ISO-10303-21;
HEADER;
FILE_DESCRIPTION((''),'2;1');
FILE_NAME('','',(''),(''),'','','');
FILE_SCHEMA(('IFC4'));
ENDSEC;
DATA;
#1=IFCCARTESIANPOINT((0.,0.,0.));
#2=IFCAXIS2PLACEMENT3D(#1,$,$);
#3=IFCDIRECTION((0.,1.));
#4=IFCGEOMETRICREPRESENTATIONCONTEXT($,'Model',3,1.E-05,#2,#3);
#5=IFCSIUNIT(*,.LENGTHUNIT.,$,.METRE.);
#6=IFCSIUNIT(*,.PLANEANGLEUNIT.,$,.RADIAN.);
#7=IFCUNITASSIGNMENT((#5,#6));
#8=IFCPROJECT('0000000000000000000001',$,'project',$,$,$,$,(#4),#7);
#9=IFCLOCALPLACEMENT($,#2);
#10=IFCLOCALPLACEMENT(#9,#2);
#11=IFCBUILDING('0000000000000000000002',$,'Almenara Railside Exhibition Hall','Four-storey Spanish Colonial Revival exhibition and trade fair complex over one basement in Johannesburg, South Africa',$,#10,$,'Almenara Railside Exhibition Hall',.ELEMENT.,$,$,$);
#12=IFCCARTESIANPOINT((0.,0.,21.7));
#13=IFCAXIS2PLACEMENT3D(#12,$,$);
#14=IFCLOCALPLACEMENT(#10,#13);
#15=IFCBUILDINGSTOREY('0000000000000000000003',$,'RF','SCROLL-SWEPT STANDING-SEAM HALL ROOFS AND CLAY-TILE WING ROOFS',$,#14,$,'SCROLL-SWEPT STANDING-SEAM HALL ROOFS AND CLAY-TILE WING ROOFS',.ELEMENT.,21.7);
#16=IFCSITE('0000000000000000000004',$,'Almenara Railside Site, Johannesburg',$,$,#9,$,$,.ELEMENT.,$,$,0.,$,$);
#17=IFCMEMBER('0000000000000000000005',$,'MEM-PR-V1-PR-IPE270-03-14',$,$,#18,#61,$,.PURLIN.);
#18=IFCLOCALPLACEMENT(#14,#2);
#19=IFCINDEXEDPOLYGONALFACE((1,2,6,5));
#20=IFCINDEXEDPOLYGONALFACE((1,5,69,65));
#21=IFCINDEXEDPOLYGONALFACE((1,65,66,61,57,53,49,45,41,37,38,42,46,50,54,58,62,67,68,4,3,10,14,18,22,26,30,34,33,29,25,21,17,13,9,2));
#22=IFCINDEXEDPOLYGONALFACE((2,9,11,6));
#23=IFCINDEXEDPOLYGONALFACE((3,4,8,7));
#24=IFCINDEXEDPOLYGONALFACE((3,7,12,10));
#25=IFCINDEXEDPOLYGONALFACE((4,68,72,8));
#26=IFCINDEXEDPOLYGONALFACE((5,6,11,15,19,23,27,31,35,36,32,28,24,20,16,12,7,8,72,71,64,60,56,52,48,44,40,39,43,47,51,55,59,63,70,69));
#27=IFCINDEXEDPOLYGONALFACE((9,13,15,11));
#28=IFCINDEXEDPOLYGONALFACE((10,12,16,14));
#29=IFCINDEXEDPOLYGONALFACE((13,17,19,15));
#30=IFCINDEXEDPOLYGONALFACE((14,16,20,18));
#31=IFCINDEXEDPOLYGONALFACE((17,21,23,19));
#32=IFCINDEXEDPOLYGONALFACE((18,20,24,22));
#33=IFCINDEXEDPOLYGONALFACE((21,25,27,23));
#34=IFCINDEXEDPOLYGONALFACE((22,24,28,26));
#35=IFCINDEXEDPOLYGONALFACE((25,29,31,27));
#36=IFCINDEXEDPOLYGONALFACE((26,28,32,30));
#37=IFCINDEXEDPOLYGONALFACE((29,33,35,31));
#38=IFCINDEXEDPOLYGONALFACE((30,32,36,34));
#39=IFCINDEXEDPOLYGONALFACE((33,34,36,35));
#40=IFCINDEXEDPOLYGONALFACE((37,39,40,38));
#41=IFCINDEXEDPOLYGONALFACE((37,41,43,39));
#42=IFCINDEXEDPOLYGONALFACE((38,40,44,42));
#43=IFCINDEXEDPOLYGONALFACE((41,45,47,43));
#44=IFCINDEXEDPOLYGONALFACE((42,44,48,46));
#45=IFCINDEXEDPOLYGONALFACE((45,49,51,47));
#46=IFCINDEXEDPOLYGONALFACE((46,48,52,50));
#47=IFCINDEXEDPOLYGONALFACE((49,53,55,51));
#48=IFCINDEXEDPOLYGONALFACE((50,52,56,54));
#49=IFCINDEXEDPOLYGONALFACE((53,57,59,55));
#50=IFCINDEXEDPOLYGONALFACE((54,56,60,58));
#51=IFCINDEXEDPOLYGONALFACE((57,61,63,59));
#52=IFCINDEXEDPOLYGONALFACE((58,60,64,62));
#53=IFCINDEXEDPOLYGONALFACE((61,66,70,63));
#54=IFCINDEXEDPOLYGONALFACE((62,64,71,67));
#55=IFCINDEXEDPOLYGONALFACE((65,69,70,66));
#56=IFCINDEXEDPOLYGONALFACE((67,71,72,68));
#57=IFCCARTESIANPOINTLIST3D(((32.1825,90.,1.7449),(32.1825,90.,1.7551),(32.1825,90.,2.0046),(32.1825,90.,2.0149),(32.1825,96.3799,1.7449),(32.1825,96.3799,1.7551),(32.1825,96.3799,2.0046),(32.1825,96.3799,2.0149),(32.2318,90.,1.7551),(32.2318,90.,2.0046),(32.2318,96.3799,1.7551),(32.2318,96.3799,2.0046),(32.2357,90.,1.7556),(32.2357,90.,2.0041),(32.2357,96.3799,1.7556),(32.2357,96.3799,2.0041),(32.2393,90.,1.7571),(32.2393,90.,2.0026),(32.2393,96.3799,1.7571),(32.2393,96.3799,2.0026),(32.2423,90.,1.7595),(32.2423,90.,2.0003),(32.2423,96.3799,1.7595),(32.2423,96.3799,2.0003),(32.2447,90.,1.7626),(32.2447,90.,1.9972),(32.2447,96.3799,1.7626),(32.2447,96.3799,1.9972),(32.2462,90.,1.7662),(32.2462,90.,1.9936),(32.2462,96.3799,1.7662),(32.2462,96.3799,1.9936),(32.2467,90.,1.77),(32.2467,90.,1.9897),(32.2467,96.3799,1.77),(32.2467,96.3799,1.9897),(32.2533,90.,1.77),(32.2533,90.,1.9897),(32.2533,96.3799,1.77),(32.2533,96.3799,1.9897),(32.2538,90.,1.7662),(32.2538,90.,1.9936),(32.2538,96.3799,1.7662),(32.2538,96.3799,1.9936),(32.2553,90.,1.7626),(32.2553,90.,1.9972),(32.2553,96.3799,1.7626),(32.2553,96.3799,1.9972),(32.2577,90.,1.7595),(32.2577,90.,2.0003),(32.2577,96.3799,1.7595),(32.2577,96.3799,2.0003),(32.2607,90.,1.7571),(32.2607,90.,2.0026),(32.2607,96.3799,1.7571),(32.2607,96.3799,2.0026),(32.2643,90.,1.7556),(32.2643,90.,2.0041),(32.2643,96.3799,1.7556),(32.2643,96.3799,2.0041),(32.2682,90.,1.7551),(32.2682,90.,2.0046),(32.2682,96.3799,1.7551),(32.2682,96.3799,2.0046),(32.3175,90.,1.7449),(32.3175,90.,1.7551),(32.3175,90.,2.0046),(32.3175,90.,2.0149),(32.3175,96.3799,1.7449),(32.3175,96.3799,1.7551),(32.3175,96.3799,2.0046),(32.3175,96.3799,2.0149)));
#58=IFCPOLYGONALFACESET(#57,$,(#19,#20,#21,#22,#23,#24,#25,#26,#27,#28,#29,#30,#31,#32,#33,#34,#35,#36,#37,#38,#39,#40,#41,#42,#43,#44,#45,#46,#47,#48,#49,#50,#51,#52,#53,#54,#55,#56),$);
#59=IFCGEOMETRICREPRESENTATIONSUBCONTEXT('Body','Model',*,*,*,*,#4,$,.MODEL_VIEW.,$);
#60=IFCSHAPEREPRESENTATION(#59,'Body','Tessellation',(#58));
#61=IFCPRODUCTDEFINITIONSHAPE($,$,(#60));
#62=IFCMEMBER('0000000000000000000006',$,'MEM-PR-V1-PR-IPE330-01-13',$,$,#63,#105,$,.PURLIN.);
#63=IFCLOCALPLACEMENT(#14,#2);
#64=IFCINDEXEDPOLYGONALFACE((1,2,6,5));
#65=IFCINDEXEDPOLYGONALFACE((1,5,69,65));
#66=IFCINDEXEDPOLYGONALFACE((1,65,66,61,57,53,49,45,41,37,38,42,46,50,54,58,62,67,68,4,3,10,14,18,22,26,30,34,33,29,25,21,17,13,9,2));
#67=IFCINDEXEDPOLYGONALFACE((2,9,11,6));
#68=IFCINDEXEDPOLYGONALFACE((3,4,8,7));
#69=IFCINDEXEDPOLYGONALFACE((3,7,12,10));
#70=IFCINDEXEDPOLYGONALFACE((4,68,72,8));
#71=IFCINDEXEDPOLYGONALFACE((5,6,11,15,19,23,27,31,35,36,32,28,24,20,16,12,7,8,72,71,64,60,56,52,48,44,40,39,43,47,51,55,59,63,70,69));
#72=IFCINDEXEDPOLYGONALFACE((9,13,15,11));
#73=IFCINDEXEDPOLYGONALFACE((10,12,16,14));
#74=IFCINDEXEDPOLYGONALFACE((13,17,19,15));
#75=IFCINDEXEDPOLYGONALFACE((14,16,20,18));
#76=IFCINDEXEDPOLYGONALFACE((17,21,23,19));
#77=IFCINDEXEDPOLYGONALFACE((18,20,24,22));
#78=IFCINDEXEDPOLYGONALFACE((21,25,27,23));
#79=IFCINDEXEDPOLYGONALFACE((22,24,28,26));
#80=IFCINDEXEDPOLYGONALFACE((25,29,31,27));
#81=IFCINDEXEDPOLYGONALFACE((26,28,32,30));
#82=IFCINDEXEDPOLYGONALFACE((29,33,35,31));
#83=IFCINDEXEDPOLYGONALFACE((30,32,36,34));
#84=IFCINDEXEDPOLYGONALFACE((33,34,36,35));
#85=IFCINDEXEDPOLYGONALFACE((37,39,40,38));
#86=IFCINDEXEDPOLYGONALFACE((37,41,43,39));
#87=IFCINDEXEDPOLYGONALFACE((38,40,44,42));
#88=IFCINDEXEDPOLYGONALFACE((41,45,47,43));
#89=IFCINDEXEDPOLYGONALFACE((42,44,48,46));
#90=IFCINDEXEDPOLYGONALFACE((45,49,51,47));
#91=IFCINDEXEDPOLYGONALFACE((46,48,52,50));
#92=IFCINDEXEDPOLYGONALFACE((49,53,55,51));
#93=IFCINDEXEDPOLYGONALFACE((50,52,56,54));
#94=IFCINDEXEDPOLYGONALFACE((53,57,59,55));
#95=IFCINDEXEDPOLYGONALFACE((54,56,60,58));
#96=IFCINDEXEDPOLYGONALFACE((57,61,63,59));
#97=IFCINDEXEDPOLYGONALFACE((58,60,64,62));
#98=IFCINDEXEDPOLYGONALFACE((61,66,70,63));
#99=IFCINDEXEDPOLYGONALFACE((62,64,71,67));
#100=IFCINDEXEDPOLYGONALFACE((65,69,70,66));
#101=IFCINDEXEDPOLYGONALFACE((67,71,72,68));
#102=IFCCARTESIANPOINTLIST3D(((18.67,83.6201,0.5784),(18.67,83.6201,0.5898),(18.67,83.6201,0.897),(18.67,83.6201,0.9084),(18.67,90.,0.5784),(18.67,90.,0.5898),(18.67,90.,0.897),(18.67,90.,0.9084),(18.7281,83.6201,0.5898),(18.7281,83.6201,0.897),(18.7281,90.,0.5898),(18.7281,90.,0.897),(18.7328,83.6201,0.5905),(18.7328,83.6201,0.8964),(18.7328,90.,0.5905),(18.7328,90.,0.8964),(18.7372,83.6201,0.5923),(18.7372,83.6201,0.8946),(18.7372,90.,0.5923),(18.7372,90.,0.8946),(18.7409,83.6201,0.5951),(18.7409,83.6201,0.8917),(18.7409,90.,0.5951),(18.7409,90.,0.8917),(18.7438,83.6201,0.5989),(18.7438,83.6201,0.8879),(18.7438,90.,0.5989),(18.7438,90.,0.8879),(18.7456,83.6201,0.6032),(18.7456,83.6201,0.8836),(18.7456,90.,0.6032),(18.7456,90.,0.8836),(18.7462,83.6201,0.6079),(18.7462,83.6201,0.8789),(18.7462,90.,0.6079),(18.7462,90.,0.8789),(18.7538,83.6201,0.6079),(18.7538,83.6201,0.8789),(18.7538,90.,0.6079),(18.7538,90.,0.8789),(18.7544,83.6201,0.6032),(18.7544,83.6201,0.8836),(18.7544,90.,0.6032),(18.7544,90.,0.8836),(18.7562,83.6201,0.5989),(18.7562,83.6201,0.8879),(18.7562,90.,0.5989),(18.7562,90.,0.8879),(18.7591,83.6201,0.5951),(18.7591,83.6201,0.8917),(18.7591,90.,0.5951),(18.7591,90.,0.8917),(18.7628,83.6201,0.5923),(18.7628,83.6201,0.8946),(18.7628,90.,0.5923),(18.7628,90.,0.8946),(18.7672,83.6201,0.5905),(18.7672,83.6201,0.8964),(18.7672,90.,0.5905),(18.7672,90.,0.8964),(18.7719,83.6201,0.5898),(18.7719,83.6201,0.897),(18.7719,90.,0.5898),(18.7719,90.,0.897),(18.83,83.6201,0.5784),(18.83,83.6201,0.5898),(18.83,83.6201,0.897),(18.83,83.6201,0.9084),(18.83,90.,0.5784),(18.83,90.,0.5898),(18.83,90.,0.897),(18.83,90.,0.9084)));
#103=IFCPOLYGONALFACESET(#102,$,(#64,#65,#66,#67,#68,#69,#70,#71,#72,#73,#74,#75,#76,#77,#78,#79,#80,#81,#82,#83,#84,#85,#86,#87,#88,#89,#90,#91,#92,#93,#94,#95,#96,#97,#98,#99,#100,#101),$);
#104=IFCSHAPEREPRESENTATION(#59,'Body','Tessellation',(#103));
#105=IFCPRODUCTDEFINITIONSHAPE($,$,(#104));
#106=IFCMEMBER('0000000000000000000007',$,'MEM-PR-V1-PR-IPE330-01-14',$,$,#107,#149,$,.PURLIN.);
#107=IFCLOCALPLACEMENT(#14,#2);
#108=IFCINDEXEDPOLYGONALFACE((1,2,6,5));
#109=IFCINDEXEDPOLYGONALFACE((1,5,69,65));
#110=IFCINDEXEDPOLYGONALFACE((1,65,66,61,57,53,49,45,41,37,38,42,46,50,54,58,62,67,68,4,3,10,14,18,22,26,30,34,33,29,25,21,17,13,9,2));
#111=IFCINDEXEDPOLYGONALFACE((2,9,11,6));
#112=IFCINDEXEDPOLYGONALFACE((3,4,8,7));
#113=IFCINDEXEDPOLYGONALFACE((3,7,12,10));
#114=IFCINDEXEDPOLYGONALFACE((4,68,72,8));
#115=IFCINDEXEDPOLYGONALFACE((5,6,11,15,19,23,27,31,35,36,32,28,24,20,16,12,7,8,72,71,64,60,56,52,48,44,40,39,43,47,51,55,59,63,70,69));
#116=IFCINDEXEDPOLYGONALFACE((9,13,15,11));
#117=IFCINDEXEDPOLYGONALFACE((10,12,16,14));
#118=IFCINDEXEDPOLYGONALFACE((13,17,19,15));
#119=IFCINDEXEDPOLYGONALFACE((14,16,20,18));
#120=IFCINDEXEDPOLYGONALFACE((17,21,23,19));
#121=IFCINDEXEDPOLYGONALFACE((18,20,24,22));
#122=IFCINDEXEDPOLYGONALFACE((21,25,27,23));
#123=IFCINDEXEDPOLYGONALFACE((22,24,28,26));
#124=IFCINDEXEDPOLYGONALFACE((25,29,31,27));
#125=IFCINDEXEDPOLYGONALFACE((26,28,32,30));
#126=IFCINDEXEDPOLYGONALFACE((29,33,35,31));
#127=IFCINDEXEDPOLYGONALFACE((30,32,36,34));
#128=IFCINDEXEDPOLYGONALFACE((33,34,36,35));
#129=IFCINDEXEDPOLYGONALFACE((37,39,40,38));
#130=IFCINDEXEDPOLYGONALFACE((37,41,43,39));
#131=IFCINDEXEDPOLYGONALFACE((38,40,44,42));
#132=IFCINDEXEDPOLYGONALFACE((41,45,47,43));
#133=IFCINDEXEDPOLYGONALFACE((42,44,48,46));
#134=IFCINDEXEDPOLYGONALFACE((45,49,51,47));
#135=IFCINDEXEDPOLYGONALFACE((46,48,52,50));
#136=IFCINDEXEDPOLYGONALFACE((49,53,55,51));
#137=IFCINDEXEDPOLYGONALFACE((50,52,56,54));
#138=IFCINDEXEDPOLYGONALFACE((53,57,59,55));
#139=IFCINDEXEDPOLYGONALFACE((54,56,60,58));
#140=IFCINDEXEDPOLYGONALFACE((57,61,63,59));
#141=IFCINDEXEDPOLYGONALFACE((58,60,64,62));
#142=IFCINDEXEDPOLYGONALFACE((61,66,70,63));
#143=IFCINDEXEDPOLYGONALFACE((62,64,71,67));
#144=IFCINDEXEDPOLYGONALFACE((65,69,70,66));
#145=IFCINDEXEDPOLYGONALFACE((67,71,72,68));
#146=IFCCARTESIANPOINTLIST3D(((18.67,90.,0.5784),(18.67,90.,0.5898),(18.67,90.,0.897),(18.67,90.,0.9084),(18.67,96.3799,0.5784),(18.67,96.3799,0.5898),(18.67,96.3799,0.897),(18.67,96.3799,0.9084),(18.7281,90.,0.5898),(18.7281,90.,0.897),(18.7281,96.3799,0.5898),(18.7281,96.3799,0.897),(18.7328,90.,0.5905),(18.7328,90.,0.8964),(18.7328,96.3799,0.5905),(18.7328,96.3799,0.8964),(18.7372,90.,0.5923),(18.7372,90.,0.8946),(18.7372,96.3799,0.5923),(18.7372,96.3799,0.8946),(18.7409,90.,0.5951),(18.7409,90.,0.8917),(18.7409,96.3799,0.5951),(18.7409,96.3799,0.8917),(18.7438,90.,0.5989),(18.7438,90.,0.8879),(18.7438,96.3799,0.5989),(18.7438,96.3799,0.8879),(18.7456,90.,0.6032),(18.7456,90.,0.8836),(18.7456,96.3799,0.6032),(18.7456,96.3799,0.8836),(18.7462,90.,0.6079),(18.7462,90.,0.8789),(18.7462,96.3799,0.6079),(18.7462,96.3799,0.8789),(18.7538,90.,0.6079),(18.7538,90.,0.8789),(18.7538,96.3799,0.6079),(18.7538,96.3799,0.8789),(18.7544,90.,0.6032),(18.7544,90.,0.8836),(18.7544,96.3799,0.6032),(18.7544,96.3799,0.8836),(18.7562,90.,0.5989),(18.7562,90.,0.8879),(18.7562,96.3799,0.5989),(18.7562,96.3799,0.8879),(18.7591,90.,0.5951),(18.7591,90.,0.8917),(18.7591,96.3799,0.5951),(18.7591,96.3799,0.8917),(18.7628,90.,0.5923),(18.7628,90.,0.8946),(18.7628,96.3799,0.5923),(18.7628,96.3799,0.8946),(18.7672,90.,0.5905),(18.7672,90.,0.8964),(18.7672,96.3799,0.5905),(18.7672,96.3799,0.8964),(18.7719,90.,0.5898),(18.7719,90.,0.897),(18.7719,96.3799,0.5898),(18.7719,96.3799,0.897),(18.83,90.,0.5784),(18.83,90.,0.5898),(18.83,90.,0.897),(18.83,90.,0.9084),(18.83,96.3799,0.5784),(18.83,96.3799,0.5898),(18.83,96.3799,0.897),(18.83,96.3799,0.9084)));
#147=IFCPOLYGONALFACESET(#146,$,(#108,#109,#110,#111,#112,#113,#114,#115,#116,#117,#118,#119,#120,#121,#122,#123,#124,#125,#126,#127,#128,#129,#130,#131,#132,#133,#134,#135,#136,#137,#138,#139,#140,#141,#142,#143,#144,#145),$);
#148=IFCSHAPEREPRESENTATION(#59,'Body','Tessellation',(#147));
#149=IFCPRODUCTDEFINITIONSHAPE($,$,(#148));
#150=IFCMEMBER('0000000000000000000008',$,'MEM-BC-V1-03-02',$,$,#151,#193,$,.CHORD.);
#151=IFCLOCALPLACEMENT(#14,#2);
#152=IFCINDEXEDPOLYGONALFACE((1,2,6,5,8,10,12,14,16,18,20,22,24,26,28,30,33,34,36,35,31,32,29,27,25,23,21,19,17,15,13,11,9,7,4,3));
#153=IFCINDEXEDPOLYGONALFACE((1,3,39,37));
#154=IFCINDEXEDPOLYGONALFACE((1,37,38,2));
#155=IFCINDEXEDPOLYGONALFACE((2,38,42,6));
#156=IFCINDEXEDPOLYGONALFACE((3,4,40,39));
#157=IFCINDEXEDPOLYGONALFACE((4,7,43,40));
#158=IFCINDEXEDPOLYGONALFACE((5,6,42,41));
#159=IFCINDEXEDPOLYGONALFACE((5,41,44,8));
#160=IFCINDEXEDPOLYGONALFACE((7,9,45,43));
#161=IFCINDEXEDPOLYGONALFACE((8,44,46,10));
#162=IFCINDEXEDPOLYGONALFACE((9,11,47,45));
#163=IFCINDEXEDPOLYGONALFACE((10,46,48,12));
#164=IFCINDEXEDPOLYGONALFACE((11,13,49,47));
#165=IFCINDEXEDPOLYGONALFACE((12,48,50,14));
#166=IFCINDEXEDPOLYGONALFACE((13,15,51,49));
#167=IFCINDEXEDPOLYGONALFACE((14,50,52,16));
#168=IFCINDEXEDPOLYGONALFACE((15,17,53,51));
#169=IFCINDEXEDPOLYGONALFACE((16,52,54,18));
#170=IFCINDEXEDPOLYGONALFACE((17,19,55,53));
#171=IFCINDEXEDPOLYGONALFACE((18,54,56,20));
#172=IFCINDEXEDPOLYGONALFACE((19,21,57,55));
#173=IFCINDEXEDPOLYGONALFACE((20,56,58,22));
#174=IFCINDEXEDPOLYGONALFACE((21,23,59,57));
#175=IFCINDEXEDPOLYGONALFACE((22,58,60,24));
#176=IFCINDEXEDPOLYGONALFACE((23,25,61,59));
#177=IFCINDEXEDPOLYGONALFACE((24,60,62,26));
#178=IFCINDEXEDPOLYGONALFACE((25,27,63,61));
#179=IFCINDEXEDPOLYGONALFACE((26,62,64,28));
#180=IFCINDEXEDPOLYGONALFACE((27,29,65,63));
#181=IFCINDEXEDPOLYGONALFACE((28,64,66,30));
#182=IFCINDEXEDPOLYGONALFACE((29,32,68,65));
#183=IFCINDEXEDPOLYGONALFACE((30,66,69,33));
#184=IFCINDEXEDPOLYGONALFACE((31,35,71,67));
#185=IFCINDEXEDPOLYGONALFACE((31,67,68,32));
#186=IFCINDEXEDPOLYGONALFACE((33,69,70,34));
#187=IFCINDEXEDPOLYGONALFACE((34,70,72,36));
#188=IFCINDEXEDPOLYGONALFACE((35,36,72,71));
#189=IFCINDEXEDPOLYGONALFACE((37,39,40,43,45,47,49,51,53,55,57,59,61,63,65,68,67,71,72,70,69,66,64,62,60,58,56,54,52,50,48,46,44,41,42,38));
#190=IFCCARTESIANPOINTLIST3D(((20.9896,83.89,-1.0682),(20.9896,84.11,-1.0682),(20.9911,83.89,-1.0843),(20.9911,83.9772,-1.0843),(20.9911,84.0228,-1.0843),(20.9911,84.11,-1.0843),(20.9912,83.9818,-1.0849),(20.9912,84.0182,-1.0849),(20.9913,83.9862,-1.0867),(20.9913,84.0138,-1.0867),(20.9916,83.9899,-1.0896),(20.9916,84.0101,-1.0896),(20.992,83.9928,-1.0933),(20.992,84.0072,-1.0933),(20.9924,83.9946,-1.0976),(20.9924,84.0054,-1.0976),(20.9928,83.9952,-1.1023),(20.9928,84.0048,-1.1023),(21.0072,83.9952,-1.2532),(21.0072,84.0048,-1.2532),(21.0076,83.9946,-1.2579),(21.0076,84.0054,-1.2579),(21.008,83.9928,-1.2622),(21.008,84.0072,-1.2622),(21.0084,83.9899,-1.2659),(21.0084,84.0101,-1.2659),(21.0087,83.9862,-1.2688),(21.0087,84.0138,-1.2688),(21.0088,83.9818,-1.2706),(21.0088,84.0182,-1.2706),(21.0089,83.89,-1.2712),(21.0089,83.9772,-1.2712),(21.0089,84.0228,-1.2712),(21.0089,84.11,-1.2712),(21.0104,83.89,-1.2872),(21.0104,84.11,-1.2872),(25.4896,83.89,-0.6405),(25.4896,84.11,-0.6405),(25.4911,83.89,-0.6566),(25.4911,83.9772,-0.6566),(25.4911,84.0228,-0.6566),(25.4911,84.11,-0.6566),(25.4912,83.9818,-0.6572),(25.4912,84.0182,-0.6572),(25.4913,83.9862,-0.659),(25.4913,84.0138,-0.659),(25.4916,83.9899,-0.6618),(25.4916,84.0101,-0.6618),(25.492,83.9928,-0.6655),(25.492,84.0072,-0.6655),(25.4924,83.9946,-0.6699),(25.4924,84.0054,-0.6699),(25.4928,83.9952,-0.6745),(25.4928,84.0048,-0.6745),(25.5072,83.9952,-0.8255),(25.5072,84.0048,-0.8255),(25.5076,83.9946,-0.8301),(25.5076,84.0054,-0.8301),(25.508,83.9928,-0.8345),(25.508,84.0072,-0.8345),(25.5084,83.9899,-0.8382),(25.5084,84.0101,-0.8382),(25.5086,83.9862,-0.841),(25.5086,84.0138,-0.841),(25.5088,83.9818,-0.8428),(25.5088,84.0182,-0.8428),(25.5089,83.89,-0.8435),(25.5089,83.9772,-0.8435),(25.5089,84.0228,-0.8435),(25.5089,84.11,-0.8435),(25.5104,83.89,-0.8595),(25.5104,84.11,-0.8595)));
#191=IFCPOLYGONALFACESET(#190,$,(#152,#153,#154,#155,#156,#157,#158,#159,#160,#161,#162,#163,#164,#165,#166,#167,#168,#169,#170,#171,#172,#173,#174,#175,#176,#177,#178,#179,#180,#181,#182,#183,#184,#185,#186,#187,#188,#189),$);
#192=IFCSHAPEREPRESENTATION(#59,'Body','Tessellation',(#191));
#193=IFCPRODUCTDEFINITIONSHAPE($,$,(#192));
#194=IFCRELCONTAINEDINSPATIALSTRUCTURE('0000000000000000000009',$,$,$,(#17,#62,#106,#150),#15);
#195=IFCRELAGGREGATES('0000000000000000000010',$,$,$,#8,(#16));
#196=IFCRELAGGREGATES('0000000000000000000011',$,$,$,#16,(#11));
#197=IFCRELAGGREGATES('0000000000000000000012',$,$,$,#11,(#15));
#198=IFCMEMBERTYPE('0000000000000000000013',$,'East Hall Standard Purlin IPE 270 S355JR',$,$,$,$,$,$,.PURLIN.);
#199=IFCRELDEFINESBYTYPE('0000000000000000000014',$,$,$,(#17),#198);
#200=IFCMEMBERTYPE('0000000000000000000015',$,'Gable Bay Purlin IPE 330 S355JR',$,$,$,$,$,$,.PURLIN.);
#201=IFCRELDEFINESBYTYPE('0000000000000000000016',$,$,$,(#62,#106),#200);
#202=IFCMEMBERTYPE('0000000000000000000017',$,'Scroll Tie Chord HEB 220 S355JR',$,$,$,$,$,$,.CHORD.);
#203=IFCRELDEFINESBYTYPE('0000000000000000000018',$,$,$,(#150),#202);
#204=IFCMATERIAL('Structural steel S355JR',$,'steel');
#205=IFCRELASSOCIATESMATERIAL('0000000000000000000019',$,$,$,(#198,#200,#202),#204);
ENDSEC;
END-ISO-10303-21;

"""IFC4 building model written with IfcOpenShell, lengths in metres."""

from ifc_helpers import new_model, si_unit, direction, frame, origin, origin_2d, place, context, subcontext, project, spatial, i_section, extrude, material, material_profile, profile_set, type_object, element, save


model = new_model("IFC4")

# Units and contexts
model_context = context("Model", 3, precision=1e-05, world=origin(), true_north=direction((0.0, 1.0)))
body_context = subcontext(model_context, "Body", "Model", "MODEL_VIEW")
ifc_project = project(units=[si_unit("LENGTHUNIT", "METRE"), si_unit("PLANEANGLEUNIT", "RADIAN")], contexts=[model_context])

# Site, building, storey
site_placement = place(None, origin())
site = spatial("IfcSite", under=ifc_project, at=site_placement, Name="Almenara Railside Site, Johannesburg", CompositionType="ELEMENT", RefElevation=0.0)
building_placement = place(site_placement, origin())
building = spatial("IfcBuilding", under=site, at=building_placement, Name="Almenara Railside Exhibition Hall", Description="Four-storey Spanish Colonial Revival exhibition and trade fair complex over one basement in Johannesburg, South Africa", LongName="Almenara Railside Exhibition Hall", CompositionType="ELEMENT")
storey_placement = place(building_placement, frame((0.0, 0.0, 21.7)))
storey = spatial("IfcBuildingStorey", under=building, at=storey_placement, Name="RF", Description="SCROLL-SWEPT STANDING-SEAM HALL ROOFS AND CLAY-TILE WING ROOFS", LongName="SCROLL-SWEPT STANDING-SEAM HALL ROOFS AND CLAY-TILE WING ROOFS", CompositionType="ELEMENT", Elevation=21.7)

# Members
ifc_material_1 = material(Name="Structural steel S355JR", Category="steel")
ifc_material_profile_1 = material_profile(ifc_material_1, i_section(OverallWidth=0.135, OverallDepth=0.27, WebThickness=0.0066, FlangeThickness=0.0103, FilletRadius=0.0149, at=origin_2d()), Name="IPE 270")
ifc_profile_set_1 = profile_set([ifc_material_profile_1], Name="Structural steel S355JR")
member_type_1 = type_object("IfcMemberType", Name="East Hall Standard Purlin IPE 270 S355JR", PredefinedType="PURLIN", material=ifc_profile_set_1)
for number, where, z_axis, x_axis, name in (
    (1, (32.25, 90.0, 1.8799), (0.0, 1.0, 0.0), (-1.0, 0.0, 0.0), "MEM-PR-V1-PR-IPE270-03-14"),
):
    element("IfcMember", number, at=place(storey_placement, frame(where, z_axis=z_axis, x_axis=x_axis)), inside=storey, type_object=member_type_1, Name=name, PredefinedType="PURLIN", context=body_context, shape_type="SweptSolid", body=[
        extrude(i_section(OverallWidth=0.135, OverallDepth=0.27, WebThickness=0.0066, FlangeThickness=0.0103, FilletRadius=0.0149, at=origin_2d()), origin(), (0.0, 0.0, 1.0), 6.3799),
    ])
ifc_material_profile_2 = material_profile(ifc_material_1, i_section(OverallWidth=0.1599, OverallDepth=0.3301, WebThickness=0.0076, FlangeThickness=0.0115, FilletRadius=0.0181, at=origin_2d()), Name="IPE 330")
ifc_profile_set_2 = profile_set([ifc_material_profile_2], Name="Structural steel S355JR")
member_type_2 = type_object("IfcMemberType", Name="Gable Bay Purlin IPE 330 S355JR", PredefinedType="PURLIN", material=ifc_profile_set_2)
for number, where, z_axis, x_axis, name in (
    (2, (18.75, 83.6201, 0.7434), (0.0, 1.0, 0.0), (-1.0, 0.0, 0.0), "MEM-PR-V1-PR-IPE330-01-13"),
    (3, (18.75, 90.0, 0.7434), (0.0, 1.0, 0.0), (-1.0, 0.0, 0.0), "MEM-PR-V1-PR-IPE330-01-14"),
):
    element("IfcMember", number, at=place(storey_placement, frame(where, z_axis=z_axis, x_axis=x_axis)), inside=storey, type_object=member_type_2, Name=name, PredefinedType="PURLIN", context=body_context, shape_type="SweptSolid", body=[
        extrude(i_section(OverallWidth=0.1599, OverallDepth=0.3301, WebThickness=0.0076, FlangeThickness=0.0115, FilletRadius=0.0181, at=origin_2d()), origin(), (0.0, 0.0, 1.0), 6.3799),
    ])
ifc_material_profile_3 = material_profile(ifc_material_1, i_section(OverallWidth=0.22, OverallDepth=0.22, WebThickness=0.0095, FlangeThickness=0.0161, FilletRadius=0.0181, at=origin_2d()), Name="HEB 220")
ifc_profile_set_3 = profile_set([ifc_material_profile_3], Name="Structural steel S355JR")
member_type_3 = type_object("IfcMemberType", Name="Scroll Tie Chord HEB 220 S355JR", PredefinedType="CHORD", material=ifc_profile_set_3)
member_1_placement = place(storey_placement, frame((21.0, 84.0, -1.1777), z_axis=(0.995513, 0.0, 0.094626), x_axis=(0.0, 1.0, 0.0)))
element("IfcMember", 4, at=member_1_placement, inside=storey, type_object=member_type_3, Name="MEM-BC-V1-03-02", PredefinedType="CHORD", context=body_context, shape_type="SweptSolid", body=[
    extrude(i_section(OverallWidth=0.22, OverallDepth=0.22, WebThickness=0.0095, FlangeThickness=0.0161, FilletRadius=0.0181, at=origin_2d()), origin(), (0.0, 0.0, 1.0), 4.5203),
])

save(model, "model.ifc")
